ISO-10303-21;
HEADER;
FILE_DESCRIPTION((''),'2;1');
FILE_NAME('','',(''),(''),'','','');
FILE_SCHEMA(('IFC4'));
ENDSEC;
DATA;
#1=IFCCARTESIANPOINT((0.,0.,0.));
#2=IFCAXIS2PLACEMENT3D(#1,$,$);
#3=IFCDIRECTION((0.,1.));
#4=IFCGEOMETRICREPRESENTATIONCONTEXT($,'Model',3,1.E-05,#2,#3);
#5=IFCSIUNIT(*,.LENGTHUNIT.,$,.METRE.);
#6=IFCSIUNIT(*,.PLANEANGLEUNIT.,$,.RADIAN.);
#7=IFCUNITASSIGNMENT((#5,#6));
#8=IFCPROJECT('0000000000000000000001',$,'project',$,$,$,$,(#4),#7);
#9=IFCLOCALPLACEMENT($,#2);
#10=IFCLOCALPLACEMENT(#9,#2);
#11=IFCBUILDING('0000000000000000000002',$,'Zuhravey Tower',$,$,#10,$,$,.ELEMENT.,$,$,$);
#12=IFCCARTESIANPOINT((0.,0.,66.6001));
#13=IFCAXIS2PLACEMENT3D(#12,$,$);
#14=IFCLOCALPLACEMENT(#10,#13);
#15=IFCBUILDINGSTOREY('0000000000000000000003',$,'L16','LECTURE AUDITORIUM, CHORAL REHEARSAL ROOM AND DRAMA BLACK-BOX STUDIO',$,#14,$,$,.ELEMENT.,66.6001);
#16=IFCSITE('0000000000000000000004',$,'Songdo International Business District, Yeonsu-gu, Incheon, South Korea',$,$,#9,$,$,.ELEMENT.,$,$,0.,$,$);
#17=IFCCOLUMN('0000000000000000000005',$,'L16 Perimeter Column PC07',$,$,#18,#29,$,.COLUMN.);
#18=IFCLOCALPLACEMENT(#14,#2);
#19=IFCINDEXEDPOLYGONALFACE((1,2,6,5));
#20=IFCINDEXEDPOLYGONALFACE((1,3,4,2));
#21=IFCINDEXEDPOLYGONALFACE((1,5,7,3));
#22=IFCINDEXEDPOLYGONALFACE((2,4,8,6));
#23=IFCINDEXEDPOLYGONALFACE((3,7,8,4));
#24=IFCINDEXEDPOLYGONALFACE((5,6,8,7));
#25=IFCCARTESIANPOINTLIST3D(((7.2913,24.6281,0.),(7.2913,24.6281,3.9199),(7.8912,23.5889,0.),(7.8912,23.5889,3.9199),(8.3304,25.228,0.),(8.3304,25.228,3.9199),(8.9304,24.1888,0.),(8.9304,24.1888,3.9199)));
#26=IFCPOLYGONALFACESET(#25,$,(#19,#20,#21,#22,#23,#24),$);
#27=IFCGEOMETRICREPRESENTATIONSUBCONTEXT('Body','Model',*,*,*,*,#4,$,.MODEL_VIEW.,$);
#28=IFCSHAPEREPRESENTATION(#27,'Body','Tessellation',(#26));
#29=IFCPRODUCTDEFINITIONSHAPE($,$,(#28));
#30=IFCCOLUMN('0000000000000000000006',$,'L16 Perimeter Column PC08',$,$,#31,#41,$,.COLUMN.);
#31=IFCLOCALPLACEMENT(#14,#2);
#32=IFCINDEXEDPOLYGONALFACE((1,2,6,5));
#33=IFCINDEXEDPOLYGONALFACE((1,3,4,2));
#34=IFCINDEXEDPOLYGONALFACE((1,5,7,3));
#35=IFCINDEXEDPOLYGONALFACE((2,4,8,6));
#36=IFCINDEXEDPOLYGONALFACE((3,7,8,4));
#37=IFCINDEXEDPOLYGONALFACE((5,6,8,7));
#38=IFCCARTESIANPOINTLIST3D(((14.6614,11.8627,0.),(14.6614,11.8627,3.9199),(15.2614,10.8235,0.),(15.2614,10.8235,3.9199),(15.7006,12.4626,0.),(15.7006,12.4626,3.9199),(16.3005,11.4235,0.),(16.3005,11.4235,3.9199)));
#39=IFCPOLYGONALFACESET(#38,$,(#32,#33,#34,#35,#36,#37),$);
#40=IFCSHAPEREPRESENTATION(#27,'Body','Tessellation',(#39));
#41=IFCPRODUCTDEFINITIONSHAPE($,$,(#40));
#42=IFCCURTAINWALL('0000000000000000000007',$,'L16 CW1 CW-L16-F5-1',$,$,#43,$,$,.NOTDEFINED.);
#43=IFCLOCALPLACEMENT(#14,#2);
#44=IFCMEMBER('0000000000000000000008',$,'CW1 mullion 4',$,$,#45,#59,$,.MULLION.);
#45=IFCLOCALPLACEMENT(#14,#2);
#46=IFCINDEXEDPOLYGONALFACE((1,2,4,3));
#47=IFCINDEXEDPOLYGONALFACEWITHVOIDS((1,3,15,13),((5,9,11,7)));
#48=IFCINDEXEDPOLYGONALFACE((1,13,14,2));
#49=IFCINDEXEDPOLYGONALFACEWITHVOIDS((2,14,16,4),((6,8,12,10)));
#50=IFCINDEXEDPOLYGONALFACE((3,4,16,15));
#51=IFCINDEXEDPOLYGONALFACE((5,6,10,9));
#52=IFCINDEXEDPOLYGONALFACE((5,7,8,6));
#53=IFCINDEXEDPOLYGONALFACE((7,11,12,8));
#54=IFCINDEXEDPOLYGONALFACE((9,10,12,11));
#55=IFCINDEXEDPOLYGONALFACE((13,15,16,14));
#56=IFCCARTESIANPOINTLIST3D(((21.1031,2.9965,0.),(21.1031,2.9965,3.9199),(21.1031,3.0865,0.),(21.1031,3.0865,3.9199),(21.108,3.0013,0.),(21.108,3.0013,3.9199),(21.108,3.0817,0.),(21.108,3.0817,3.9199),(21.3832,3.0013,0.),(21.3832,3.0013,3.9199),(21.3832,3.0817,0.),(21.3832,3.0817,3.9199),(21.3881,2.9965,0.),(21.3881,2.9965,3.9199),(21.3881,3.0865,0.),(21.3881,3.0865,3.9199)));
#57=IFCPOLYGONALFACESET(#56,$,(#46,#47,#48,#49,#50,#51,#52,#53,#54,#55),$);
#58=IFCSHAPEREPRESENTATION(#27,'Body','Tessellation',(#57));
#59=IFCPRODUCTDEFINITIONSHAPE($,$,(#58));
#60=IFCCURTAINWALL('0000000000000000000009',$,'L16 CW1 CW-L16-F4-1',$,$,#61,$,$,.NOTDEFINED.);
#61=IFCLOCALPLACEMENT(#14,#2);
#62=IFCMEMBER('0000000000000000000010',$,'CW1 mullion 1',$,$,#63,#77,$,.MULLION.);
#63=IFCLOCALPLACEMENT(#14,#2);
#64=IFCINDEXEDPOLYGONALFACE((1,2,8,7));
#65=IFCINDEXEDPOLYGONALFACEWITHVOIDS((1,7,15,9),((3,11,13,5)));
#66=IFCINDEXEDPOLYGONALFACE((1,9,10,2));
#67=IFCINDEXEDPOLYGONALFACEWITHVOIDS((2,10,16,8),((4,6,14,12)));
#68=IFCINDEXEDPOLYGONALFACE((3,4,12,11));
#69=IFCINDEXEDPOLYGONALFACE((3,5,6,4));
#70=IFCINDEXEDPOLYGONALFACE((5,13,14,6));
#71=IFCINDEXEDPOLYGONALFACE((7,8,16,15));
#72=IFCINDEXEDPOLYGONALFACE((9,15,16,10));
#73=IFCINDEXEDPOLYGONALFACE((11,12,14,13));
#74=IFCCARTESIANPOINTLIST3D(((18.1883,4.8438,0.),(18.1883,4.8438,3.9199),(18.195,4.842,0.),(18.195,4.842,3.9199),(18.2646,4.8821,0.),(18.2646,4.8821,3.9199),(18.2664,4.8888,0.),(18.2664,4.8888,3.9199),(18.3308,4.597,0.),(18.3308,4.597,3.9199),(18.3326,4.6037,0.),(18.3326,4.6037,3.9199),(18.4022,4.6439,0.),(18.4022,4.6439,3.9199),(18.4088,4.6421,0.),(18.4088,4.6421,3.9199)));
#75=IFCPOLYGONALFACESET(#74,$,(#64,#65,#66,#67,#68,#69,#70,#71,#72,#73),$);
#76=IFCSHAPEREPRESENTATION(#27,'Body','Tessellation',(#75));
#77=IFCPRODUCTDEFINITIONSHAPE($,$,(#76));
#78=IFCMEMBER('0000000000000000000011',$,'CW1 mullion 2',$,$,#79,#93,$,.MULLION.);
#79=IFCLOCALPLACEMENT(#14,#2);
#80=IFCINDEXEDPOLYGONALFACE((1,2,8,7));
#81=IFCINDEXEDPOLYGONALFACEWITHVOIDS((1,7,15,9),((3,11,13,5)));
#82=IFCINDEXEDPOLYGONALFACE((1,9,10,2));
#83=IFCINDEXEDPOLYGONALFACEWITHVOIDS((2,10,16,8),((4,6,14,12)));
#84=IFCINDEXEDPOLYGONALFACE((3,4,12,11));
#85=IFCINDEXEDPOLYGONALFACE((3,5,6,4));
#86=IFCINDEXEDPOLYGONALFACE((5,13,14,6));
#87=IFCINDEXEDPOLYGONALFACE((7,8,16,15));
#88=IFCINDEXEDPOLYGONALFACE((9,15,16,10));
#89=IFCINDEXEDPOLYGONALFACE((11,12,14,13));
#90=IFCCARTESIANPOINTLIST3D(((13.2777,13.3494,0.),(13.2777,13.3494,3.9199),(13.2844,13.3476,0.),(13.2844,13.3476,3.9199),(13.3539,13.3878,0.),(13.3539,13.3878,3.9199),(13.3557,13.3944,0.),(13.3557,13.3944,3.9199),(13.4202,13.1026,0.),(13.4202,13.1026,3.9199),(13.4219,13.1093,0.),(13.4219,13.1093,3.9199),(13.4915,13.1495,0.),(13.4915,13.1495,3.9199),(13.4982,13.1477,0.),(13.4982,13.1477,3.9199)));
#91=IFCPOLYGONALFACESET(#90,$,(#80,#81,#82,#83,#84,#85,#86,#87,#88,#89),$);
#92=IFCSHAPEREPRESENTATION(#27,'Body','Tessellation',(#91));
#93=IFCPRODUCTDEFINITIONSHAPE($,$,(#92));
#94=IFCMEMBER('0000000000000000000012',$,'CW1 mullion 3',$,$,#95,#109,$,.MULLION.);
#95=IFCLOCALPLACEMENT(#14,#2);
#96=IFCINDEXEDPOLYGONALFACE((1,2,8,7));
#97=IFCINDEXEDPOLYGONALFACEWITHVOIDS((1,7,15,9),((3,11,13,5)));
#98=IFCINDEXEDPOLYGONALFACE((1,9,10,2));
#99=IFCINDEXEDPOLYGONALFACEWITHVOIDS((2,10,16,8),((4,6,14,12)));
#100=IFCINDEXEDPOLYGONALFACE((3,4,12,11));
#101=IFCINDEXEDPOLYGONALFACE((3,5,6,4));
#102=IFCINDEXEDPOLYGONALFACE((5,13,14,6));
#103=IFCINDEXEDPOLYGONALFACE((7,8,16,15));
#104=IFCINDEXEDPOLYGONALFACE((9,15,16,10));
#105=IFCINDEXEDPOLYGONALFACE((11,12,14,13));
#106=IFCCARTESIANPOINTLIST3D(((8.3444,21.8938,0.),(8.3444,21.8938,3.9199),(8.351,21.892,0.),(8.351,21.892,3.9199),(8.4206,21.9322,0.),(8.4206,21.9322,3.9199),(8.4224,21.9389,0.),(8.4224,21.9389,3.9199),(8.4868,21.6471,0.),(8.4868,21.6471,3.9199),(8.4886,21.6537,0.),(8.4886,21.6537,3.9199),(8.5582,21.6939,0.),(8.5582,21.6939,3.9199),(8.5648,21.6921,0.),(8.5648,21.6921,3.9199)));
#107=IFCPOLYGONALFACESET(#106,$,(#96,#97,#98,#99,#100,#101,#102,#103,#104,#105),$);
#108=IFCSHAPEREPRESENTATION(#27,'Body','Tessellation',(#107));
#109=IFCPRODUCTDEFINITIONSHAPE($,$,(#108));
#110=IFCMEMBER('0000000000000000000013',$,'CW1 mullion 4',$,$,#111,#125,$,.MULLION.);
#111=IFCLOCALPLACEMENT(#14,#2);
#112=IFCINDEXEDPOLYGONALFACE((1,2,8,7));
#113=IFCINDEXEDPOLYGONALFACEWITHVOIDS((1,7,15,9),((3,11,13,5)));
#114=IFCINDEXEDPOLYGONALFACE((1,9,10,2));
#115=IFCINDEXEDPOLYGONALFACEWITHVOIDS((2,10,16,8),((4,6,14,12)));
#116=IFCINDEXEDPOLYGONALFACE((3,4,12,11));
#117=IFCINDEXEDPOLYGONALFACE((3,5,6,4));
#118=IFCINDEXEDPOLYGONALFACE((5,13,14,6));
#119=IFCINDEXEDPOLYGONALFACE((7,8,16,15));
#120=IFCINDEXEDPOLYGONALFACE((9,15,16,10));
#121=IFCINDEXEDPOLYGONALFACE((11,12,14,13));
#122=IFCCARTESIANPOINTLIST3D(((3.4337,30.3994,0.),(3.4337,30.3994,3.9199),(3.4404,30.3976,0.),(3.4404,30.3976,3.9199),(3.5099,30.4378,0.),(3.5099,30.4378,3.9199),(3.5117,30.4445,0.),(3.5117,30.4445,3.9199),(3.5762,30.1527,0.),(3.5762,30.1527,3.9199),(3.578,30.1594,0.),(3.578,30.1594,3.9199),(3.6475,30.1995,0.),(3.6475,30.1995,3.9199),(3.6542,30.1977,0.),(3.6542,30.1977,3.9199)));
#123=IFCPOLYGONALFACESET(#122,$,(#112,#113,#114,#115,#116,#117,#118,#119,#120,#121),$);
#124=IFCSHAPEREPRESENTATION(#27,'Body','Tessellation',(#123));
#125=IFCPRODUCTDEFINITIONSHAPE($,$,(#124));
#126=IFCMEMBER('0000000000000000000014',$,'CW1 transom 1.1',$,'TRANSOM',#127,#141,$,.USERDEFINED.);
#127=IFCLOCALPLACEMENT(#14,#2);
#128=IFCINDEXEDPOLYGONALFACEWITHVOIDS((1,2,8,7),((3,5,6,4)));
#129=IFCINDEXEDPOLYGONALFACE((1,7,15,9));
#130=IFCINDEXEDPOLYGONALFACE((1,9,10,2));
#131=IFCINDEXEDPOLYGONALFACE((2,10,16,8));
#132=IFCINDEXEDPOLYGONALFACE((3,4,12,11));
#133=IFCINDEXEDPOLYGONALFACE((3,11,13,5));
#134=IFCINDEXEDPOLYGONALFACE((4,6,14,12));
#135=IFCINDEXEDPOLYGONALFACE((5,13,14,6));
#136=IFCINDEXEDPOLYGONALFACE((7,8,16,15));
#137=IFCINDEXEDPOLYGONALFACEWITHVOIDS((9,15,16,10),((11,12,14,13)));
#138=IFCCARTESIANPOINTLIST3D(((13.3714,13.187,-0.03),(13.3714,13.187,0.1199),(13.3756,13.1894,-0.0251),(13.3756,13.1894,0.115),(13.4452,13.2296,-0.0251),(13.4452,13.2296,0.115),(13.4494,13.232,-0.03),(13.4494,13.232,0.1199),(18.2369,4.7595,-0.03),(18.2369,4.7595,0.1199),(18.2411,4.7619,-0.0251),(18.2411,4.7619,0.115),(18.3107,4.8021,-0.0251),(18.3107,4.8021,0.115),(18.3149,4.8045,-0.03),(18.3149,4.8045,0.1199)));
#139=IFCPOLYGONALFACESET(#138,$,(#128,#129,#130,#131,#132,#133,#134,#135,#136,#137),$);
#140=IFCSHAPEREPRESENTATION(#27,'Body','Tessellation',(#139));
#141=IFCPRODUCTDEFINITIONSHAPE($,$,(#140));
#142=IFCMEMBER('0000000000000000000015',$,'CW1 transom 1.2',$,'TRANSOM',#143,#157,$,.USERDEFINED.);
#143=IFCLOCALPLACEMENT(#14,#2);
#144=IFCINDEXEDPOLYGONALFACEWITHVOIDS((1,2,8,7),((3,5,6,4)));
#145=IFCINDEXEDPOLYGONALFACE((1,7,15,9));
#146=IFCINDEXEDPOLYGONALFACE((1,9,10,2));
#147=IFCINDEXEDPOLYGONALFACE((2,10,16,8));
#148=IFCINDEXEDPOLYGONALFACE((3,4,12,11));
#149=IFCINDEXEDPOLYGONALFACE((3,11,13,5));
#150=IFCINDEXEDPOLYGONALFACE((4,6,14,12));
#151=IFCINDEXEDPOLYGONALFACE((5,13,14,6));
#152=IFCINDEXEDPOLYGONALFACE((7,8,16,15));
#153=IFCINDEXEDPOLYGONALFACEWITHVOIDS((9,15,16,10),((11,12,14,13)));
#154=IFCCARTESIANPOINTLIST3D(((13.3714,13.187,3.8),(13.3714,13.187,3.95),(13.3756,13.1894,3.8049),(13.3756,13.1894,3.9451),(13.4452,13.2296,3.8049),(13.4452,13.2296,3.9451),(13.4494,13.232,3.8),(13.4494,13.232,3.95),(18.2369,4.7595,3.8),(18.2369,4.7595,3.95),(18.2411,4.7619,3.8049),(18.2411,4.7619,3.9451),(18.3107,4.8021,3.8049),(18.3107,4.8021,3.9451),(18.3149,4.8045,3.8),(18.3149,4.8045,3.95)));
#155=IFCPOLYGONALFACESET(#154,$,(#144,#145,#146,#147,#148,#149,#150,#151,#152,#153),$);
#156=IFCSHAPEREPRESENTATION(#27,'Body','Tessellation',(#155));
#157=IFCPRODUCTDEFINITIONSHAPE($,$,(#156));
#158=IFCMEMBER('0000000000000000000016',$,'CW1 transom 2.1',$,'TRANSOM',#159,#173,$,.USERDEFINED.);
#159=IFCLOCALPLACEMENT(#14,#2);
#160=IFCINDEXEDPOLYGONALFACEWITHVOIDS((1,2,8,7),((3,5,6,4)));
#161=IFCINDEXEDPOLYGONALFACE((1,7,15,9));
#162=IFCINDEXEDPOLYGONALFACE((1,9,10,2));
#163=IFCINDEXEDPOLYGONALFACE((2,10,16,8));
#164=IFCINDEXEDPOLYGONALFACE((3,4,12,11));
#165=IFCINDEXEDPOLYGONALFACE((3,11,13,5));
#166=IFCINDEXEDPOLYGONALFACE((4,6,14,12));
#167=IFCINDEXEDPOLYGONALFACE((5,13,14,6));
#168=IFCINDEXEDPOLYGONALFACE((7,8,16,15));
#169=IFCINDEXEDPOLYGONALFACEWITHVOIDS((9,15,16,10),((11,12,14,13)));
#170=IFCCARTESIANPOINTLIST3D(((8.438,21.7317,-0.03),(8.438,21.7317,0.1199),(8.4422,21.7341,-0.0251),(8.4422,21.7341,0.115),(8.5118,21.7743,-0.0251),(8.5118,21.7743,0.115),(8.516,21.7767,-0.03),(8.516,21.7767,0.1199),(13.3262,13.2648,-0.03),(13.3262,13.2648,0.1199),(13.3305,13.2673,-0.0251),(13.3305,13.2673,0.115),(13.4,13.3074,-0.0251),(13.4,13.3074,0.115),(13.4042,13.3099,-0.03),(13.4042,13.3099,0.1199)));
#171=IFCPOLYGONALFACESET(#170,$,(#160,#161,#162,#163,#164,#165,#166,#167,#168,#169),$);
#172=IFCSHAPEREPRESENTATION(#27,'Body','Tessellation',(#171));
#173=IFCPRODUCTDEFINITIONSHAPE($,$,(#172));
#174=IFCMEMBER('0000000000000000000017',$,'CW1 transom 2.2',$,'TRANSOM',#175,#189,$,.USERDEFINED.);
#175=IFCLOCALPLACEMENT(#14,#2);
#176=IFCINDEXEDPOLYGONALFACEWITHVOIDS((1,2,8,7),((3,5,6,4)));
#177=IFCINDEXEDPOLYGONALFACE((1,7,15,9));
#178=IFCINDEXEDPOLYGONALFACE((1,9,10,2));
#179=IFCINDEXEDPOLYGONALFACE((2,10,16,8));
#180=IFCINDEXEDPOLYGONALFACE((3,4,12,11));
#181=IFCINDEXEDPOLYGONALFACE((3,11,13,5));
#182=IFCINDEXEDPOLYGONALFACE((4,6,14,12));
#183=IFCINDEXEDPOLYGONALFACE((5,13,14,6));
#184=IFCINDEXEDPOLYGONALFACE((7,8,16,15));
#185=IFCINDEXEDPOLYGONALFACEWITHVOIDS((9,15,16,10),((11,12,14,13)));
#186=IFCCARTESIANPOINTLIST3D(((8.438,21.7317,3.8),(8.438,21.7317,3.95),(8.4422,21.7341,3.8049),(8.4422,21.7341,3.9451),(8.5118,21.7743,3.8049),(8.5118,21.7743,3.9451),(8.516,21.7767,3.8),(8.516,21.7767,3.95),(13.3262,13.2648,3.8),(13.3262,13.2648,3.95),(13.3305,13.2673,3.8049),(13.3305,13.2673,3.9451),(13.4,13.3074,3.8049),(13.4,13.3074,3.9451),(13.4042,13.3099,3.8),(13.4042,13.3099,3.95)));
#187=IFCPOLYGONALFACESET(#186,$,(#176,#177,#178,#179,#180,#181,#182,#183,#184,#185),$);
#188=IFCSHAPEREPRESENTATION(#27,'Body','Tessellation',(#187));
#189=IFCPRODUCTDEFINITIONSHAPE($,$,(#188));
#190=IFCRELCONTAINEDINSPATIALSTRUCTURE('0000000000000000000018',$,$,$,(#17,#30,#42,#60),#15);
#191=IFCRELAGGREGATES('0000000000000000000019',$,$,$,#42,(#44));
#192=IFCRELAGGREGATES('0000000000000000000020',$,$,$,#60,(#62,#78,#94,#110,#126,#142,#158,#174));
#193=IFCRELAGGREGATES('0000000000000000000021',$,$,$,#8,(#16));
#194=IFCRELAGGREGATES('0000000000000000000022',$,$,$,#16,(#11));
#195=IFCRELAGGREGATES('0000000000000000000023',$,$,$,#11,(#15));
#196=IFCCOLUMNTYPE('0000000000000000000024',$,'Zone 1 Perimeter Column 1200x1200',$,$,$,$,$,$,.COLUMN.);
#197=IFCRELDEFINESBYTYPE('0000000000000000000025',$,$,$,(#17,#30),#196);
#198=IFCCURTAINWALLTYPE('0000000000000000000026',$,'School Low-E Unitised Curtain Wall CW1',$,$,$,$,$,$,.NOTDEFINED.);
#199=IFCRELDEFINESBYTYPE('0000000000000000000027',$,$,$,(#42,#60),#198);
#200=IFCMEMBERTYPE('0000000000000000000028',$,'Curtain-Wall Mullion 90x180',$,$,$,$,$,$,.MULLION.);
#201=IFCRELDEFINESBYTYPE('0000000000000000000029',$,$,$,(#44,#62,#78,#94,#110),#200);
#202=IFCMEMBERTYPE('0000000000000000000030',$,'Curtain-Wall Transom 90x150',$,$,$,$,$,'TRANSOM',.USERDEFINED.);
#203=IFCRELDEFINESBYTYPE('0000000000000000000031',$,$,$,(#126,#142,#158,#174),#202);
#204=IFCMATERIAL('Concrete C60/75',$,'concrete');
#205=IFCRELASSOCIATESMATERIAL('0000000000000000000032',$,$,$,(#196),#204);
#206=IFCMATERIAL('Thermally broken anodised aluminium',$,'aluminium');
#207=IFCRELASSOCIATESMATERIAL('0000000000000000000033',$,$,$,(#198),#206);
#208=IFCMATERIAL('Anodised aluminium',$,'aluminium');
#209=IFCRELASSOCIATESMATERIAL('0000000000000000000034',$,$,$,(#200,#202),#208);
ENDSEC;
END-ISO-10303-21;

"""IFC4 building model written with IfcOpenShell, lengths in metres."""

from ifc_helpers import new_model, si_unit, direction, frame, origin, origin_2d, place, context, subcontext, project, spatial, rectangle, hollow_rectangle, extrude, material, material_profile, profile_set, type_object, element, aggregate, save


model = new_model("IFC4")

# Units and contexts
model_context = context("Model", 3, precision=1e-05, world=origin(), true_north=direction((0.0, 1.0)))
body_context = subcontext(model_context, "Body", "Model", "MODEL_VIEW")
ifc_project = project(units=[si_unit("LENGTHUNIT", "METRE"), si_unit("PLANEANGLEUNIT", "RADIAN")], contexts=[model_context])

# Site, building, storey
site_placement = place(None, origin())
site = spatial("IfcSite", under=ifc_project, at=site_placement, Name="Songdo International Business District, Yeonsu-gu, Incheon, South Korea", CompositionType="ELEMENT", RefElevation=0.0)
building_placement = place(site_placement, origin())
building = spatial("IfcBuilding", under=site, at=building_placement, Name="Zuhravey Tower", CompositionType="ELEMENT")
storey_placement = place(building_placement, frame((0.0, 0.0, 66.6001)))
storey = spatial("IfcBuildingStorey", under=building, at=storey_placement, Name="L16", Description="LECTURE AUDITORIUM, CHORAL REHEARSAL ROOM AND DRAMA BLACK-BOX STUDIO", CompositionType="ELEMENT", Elevation=66.6001)

# Columns
ifc_material_1 = material(Name="Concrete C60/75", Category="concrete")
ifc_material_profile_1 = material_profile(ifc_material_1, rectangle(XDim=1.2, YDim=1.2, at=origin_2d()), Name="RC-1200x1200")
ifc_profile_set_1 = profile_set([ifc_material_profile_1], Name="Concrete C60/75")
column_type = type_object("IfcColumnType", Name="Zone 1 Perimeter Column 1200x1200", PredefinedType="COLUMN", material=ifc_profile_set_1)
for number, where, z_axis, x_axis, name in (
    (1, (8.1108, 24.4084, 0.0), (0.0, 0.0, 1.0), (0.5, -0.866025, 0.0), "L16 Perimeter Column PC07"),
    (2, (15.481, 11.6431, 0.0), (0.0, 0.0, 1.0), (0.5, -0.866025, 0.0), "L16 Perimeter Column PC08"),
):
    element("IfcColumn", number, at=place(storey_placement, frame(where, z_axis=z_axis, x_axis=x_axis)), inside=storey, type_object=column_type, Name=name, PredefinedType="COLUMN", context=body_context, shape_type="SweptSolid", body=[
        extrude(rectangle(XDim=1.2, YDim=1.2, at=origin_2d()), origin(), (0.0, 0.0, 1.0), 3.9199),
    ])

# Curtain wall, member
ifc_material_2 = material(Name="Thermally broken anodised aluminium", Category="aluminium")
curtain_wall_type = type_object("IfcCurtainWallType", Name="School Low-E Unitised Curtain Wall CW1", PredefinedType="NOTDEFINED", material=ifc_material_2)
curtain_wall_1_placement = place(storey_placement, origin())
curtain_wall_1 = element("IfcCurtainWall", 3, at=curtain_wall_1_placement, inside=storey, type_object=curtain_wall_type, Name="L16 CW1 CW-L16-F5-1", PredefinedType="NOTDEFINED")
ifc_material_3 = material(Name="Anodised aluminium", Category="aluminium")
ifc_material_profile_2 = material_profile(ifc_material_3, hollow_rectangle(XDim=0.0901, YDim=0.2849, WallThickness=0.0049, at=origin_2d()), Name="ALU-RHS-90x285x5")
ifc_profile_set_2 = profile_set([ifc_material_profile_2], Name="Anodised aluminium")
member_type_1 = type_object("IfcMemberType", Name="Curtain-Wall Mullion 90x180", PredefinedType="MULLION", material=ifc_profile_set_2)
member_1_placement = place(storey_placement, frame((21.2456, 3.0415, 0.0), z_axis=(0.0, 0.0, 1.0), x_axis=(0.0, -1.0, 0.0)))
member_1 = element("IfcMember", 4, at=member_1_placement, type_object=member_type_1, Name="CW1 mullion 4", PredefinedType="MULLION", context=body_context, shape_type="SweptSolid", body=[
    extrude(hollow_rectangle(XDim=0.0901, YDim=0.2849, WallThickness=0.0049, at=origin_2d()), origin(), (0.0, 0.0, 1.0), 3.9199),
])
aggregate(curtain_wall_1, [member_1])

# Curtain wall, members
curtain_wall_2_placement = place(storey_placement, origin())
curtain_wall_2 = element("IfcCurtainWall", 5, at=curtain_wall_2_placement, inside=storey, type_object=curtain_wall_type, Name="L16 CW1 CW-L16-F4-1", PredefinedType="NOTDEFINED")
member_2_placement = place(storey_placement, frame((18.2986, 4.7429, 0.0), z_axis=(0.0, 0.0, 1.0), x_axis=(-0.866026, -0.5, 0.0)))
member_2 = element("IfcMember", 6, at=member_2_placement, type_object=member_type_1, Name="CW1 mullion 1", PredefinedType="MULLION", context=body_context, shape_type="SweptSolid", body=[
    extrude(hollow_rectangle(XDim=0.0901, YDim=0.2849, WallThickness=0.0049, at=origin_2d()), origin(), (0.0, 0.0, 1.0), 3.9199),
])
member_3_placement = place(storey_placement, frame((13.3879, 13.2485, 0.0), z_axis=(0.0, 0.0, 1.0), x_axis=(-0.866026, -0.5, 0.0)))
member_3 = element("IfcMember", 7, at=member_3_placement, type_object=member_type_1, Name="CW1 mullion 2", PredefinedType="MULLION", context=body_context, shape_type="SweptSolid", body=[
    extrude(hollow_rectangle(XDim=0.0901, YDim=0.2849, WallThickness=0.0049, at=origin_2d()), origin(), (0.0, 0.0, 1.0), 3.9199),
])
member_4_placement = place(storey_placement, frame((8.4546, 21.793, 0.0), z_axis=(0.0, 0.0, 1.0), x_axis=(-0.866026, -0.5, 0.0)))
member_4 = element("IfcMember", 8, at=member_4_placement, type_object=member_type_1, Name="CW1 mullion 3", PredefinedType="MULLION", context=body_context, shape_type="SweptSolid", body=[
    extrude(hollow_rectangle(XDim=0.0901, YDim=0.2849, WallThickness=0.0049, at=origin_2d()), origin(), (0.0, 0.0, 1.0), 3.9199),
])
member_5_placement = place(storey_placement, frame((3.5439, 30.2986, 0.0), z_axis=(0.0, 0.0, 1.0), x_axis=(-0.866026, -0.5, 0.0)))
member_5 = element("IfcMember", 9, at=member_5_placement, type_object=member_type_1, Name="CW1 mullion 4", PredefinedType="MULLION", context=body_context, shape_type="SweptSolid", body=[
    extrude(hollow_rectangle(XDim=0.0901, YDim=0.2849, WallThickness=0.0049, at=origin_2d()), origin(), (0.0, 0.0, 1.0), 3.9199),
])
ifc_material_profile_3 = material_profile(ifc_material_3, hollow_rectangle(XDim=0.0901, YDim=0.1499, WallThickness=0.0049, at=origin_2d()), Name="ALU-RHS-90x150x5")
ifc_profile_set_3 = profile_set([ifc_material_profile_3], Name="Anodised aluminium")
member_type_2 = type_object("IfcMemberType", Name="Curtain-Wall Transom 90x150", ElementType="TRANSOM", PredefinedType="USERDEFINED", material=ifc_profile_set_3)
member_6_placement = place(storey_placement, frame((18.2759, 4.782, 0.0449), z_axis=(-0.49999, 0.866031, 0.0), x_axis=(-0.866031, -0.49999, 0.0)))
member_6 = element("IfcMember", 10, at=member_6_placement, type_object=member_type_2, Name="CW1 transom 1.1", ObjectType="TRANSOM", PredefinedType="USERDEFINED", context=body_context, shape_type="SweptSolid", body=[
    extrude(hollow_rectangle(XDim=0.0901, YDim=0.1499, WallThickness=0.0049, at=origin_2d()), origin(), (0.0, 0.0, 1.0), 9.7312),
])
member_7_placement = place(storey_placement, frame((18.2759, 4.782, 3.875), z_axis=(-0.49999, 0.866031, 0.0), x_axis=(-0.866031, -0.49999, 0.0)))
member_7 = element("IfcMember", 11, at=member_7_placement, type_object=member_type_2, Name="CW1 transom 1.2", ObjectType="TRANSOM", PredefinedType="USERDEFINED", context=body_context, shape_type="SweptSolid", body=[
    extrude(hollow_rectangle(XDim=0.0901, YDim=0.1499, WallThickness=0.0049, at=origin_2d()), origin(), (0.0, 0.0, 1.0), 9.7312),
])
member_8_placement = place(storey_placement, frame((13.3652, 13.2874, 0.0449), z_axis=(-0.49999, 0.866031, 0.0), x_axis=(-0.866031, -0.49999, 0.0)))
member_8 = element("IfcMember", 12, at=member_8_placement, type_object=member_type_2, Name="CW1 transom 2.1", ObjectType="TRANSOM", PredefinedType="USERDEFINED", context=body_context, shape_type="SweptSolid", body=[
    extrude(hollow_rectangle(XDim=0.0901, YDim=0.1499, WallThickness=0.0049, at=origin_2d()), origin(), (0.0, 0.0, 1.0), 9.7766),
])
member_9_placement = place(storey_placement, frame((13.3652, 13.2874, 3.875), z_axis=(-0.49999, 0.866031, 0.0), x_axis=(-0.866031, -0.49999, 0.0)))
member_9 = element("IfcMember", 13, at=member_9_placement, type_object=member_type_2, Name="CW1 transom 2.2", ObjectType="TRANSOM", PredefinedType="USERDEFINED", context=body_context, shape_type="SweptSolid", body=[
    extrude(hollow_rectangle(XDim=0.0901, YDim=0.1499, WallThickness=0.0049, at=origin_2d()), origin(), (0.0, 0.0, 1.0), 9.7766),
])

aggregate(curtain_wall_2, [member_2, member_3, member_4, member_5, member_6, member_7, member_8, member_9])

save(model, "model.ifc")
